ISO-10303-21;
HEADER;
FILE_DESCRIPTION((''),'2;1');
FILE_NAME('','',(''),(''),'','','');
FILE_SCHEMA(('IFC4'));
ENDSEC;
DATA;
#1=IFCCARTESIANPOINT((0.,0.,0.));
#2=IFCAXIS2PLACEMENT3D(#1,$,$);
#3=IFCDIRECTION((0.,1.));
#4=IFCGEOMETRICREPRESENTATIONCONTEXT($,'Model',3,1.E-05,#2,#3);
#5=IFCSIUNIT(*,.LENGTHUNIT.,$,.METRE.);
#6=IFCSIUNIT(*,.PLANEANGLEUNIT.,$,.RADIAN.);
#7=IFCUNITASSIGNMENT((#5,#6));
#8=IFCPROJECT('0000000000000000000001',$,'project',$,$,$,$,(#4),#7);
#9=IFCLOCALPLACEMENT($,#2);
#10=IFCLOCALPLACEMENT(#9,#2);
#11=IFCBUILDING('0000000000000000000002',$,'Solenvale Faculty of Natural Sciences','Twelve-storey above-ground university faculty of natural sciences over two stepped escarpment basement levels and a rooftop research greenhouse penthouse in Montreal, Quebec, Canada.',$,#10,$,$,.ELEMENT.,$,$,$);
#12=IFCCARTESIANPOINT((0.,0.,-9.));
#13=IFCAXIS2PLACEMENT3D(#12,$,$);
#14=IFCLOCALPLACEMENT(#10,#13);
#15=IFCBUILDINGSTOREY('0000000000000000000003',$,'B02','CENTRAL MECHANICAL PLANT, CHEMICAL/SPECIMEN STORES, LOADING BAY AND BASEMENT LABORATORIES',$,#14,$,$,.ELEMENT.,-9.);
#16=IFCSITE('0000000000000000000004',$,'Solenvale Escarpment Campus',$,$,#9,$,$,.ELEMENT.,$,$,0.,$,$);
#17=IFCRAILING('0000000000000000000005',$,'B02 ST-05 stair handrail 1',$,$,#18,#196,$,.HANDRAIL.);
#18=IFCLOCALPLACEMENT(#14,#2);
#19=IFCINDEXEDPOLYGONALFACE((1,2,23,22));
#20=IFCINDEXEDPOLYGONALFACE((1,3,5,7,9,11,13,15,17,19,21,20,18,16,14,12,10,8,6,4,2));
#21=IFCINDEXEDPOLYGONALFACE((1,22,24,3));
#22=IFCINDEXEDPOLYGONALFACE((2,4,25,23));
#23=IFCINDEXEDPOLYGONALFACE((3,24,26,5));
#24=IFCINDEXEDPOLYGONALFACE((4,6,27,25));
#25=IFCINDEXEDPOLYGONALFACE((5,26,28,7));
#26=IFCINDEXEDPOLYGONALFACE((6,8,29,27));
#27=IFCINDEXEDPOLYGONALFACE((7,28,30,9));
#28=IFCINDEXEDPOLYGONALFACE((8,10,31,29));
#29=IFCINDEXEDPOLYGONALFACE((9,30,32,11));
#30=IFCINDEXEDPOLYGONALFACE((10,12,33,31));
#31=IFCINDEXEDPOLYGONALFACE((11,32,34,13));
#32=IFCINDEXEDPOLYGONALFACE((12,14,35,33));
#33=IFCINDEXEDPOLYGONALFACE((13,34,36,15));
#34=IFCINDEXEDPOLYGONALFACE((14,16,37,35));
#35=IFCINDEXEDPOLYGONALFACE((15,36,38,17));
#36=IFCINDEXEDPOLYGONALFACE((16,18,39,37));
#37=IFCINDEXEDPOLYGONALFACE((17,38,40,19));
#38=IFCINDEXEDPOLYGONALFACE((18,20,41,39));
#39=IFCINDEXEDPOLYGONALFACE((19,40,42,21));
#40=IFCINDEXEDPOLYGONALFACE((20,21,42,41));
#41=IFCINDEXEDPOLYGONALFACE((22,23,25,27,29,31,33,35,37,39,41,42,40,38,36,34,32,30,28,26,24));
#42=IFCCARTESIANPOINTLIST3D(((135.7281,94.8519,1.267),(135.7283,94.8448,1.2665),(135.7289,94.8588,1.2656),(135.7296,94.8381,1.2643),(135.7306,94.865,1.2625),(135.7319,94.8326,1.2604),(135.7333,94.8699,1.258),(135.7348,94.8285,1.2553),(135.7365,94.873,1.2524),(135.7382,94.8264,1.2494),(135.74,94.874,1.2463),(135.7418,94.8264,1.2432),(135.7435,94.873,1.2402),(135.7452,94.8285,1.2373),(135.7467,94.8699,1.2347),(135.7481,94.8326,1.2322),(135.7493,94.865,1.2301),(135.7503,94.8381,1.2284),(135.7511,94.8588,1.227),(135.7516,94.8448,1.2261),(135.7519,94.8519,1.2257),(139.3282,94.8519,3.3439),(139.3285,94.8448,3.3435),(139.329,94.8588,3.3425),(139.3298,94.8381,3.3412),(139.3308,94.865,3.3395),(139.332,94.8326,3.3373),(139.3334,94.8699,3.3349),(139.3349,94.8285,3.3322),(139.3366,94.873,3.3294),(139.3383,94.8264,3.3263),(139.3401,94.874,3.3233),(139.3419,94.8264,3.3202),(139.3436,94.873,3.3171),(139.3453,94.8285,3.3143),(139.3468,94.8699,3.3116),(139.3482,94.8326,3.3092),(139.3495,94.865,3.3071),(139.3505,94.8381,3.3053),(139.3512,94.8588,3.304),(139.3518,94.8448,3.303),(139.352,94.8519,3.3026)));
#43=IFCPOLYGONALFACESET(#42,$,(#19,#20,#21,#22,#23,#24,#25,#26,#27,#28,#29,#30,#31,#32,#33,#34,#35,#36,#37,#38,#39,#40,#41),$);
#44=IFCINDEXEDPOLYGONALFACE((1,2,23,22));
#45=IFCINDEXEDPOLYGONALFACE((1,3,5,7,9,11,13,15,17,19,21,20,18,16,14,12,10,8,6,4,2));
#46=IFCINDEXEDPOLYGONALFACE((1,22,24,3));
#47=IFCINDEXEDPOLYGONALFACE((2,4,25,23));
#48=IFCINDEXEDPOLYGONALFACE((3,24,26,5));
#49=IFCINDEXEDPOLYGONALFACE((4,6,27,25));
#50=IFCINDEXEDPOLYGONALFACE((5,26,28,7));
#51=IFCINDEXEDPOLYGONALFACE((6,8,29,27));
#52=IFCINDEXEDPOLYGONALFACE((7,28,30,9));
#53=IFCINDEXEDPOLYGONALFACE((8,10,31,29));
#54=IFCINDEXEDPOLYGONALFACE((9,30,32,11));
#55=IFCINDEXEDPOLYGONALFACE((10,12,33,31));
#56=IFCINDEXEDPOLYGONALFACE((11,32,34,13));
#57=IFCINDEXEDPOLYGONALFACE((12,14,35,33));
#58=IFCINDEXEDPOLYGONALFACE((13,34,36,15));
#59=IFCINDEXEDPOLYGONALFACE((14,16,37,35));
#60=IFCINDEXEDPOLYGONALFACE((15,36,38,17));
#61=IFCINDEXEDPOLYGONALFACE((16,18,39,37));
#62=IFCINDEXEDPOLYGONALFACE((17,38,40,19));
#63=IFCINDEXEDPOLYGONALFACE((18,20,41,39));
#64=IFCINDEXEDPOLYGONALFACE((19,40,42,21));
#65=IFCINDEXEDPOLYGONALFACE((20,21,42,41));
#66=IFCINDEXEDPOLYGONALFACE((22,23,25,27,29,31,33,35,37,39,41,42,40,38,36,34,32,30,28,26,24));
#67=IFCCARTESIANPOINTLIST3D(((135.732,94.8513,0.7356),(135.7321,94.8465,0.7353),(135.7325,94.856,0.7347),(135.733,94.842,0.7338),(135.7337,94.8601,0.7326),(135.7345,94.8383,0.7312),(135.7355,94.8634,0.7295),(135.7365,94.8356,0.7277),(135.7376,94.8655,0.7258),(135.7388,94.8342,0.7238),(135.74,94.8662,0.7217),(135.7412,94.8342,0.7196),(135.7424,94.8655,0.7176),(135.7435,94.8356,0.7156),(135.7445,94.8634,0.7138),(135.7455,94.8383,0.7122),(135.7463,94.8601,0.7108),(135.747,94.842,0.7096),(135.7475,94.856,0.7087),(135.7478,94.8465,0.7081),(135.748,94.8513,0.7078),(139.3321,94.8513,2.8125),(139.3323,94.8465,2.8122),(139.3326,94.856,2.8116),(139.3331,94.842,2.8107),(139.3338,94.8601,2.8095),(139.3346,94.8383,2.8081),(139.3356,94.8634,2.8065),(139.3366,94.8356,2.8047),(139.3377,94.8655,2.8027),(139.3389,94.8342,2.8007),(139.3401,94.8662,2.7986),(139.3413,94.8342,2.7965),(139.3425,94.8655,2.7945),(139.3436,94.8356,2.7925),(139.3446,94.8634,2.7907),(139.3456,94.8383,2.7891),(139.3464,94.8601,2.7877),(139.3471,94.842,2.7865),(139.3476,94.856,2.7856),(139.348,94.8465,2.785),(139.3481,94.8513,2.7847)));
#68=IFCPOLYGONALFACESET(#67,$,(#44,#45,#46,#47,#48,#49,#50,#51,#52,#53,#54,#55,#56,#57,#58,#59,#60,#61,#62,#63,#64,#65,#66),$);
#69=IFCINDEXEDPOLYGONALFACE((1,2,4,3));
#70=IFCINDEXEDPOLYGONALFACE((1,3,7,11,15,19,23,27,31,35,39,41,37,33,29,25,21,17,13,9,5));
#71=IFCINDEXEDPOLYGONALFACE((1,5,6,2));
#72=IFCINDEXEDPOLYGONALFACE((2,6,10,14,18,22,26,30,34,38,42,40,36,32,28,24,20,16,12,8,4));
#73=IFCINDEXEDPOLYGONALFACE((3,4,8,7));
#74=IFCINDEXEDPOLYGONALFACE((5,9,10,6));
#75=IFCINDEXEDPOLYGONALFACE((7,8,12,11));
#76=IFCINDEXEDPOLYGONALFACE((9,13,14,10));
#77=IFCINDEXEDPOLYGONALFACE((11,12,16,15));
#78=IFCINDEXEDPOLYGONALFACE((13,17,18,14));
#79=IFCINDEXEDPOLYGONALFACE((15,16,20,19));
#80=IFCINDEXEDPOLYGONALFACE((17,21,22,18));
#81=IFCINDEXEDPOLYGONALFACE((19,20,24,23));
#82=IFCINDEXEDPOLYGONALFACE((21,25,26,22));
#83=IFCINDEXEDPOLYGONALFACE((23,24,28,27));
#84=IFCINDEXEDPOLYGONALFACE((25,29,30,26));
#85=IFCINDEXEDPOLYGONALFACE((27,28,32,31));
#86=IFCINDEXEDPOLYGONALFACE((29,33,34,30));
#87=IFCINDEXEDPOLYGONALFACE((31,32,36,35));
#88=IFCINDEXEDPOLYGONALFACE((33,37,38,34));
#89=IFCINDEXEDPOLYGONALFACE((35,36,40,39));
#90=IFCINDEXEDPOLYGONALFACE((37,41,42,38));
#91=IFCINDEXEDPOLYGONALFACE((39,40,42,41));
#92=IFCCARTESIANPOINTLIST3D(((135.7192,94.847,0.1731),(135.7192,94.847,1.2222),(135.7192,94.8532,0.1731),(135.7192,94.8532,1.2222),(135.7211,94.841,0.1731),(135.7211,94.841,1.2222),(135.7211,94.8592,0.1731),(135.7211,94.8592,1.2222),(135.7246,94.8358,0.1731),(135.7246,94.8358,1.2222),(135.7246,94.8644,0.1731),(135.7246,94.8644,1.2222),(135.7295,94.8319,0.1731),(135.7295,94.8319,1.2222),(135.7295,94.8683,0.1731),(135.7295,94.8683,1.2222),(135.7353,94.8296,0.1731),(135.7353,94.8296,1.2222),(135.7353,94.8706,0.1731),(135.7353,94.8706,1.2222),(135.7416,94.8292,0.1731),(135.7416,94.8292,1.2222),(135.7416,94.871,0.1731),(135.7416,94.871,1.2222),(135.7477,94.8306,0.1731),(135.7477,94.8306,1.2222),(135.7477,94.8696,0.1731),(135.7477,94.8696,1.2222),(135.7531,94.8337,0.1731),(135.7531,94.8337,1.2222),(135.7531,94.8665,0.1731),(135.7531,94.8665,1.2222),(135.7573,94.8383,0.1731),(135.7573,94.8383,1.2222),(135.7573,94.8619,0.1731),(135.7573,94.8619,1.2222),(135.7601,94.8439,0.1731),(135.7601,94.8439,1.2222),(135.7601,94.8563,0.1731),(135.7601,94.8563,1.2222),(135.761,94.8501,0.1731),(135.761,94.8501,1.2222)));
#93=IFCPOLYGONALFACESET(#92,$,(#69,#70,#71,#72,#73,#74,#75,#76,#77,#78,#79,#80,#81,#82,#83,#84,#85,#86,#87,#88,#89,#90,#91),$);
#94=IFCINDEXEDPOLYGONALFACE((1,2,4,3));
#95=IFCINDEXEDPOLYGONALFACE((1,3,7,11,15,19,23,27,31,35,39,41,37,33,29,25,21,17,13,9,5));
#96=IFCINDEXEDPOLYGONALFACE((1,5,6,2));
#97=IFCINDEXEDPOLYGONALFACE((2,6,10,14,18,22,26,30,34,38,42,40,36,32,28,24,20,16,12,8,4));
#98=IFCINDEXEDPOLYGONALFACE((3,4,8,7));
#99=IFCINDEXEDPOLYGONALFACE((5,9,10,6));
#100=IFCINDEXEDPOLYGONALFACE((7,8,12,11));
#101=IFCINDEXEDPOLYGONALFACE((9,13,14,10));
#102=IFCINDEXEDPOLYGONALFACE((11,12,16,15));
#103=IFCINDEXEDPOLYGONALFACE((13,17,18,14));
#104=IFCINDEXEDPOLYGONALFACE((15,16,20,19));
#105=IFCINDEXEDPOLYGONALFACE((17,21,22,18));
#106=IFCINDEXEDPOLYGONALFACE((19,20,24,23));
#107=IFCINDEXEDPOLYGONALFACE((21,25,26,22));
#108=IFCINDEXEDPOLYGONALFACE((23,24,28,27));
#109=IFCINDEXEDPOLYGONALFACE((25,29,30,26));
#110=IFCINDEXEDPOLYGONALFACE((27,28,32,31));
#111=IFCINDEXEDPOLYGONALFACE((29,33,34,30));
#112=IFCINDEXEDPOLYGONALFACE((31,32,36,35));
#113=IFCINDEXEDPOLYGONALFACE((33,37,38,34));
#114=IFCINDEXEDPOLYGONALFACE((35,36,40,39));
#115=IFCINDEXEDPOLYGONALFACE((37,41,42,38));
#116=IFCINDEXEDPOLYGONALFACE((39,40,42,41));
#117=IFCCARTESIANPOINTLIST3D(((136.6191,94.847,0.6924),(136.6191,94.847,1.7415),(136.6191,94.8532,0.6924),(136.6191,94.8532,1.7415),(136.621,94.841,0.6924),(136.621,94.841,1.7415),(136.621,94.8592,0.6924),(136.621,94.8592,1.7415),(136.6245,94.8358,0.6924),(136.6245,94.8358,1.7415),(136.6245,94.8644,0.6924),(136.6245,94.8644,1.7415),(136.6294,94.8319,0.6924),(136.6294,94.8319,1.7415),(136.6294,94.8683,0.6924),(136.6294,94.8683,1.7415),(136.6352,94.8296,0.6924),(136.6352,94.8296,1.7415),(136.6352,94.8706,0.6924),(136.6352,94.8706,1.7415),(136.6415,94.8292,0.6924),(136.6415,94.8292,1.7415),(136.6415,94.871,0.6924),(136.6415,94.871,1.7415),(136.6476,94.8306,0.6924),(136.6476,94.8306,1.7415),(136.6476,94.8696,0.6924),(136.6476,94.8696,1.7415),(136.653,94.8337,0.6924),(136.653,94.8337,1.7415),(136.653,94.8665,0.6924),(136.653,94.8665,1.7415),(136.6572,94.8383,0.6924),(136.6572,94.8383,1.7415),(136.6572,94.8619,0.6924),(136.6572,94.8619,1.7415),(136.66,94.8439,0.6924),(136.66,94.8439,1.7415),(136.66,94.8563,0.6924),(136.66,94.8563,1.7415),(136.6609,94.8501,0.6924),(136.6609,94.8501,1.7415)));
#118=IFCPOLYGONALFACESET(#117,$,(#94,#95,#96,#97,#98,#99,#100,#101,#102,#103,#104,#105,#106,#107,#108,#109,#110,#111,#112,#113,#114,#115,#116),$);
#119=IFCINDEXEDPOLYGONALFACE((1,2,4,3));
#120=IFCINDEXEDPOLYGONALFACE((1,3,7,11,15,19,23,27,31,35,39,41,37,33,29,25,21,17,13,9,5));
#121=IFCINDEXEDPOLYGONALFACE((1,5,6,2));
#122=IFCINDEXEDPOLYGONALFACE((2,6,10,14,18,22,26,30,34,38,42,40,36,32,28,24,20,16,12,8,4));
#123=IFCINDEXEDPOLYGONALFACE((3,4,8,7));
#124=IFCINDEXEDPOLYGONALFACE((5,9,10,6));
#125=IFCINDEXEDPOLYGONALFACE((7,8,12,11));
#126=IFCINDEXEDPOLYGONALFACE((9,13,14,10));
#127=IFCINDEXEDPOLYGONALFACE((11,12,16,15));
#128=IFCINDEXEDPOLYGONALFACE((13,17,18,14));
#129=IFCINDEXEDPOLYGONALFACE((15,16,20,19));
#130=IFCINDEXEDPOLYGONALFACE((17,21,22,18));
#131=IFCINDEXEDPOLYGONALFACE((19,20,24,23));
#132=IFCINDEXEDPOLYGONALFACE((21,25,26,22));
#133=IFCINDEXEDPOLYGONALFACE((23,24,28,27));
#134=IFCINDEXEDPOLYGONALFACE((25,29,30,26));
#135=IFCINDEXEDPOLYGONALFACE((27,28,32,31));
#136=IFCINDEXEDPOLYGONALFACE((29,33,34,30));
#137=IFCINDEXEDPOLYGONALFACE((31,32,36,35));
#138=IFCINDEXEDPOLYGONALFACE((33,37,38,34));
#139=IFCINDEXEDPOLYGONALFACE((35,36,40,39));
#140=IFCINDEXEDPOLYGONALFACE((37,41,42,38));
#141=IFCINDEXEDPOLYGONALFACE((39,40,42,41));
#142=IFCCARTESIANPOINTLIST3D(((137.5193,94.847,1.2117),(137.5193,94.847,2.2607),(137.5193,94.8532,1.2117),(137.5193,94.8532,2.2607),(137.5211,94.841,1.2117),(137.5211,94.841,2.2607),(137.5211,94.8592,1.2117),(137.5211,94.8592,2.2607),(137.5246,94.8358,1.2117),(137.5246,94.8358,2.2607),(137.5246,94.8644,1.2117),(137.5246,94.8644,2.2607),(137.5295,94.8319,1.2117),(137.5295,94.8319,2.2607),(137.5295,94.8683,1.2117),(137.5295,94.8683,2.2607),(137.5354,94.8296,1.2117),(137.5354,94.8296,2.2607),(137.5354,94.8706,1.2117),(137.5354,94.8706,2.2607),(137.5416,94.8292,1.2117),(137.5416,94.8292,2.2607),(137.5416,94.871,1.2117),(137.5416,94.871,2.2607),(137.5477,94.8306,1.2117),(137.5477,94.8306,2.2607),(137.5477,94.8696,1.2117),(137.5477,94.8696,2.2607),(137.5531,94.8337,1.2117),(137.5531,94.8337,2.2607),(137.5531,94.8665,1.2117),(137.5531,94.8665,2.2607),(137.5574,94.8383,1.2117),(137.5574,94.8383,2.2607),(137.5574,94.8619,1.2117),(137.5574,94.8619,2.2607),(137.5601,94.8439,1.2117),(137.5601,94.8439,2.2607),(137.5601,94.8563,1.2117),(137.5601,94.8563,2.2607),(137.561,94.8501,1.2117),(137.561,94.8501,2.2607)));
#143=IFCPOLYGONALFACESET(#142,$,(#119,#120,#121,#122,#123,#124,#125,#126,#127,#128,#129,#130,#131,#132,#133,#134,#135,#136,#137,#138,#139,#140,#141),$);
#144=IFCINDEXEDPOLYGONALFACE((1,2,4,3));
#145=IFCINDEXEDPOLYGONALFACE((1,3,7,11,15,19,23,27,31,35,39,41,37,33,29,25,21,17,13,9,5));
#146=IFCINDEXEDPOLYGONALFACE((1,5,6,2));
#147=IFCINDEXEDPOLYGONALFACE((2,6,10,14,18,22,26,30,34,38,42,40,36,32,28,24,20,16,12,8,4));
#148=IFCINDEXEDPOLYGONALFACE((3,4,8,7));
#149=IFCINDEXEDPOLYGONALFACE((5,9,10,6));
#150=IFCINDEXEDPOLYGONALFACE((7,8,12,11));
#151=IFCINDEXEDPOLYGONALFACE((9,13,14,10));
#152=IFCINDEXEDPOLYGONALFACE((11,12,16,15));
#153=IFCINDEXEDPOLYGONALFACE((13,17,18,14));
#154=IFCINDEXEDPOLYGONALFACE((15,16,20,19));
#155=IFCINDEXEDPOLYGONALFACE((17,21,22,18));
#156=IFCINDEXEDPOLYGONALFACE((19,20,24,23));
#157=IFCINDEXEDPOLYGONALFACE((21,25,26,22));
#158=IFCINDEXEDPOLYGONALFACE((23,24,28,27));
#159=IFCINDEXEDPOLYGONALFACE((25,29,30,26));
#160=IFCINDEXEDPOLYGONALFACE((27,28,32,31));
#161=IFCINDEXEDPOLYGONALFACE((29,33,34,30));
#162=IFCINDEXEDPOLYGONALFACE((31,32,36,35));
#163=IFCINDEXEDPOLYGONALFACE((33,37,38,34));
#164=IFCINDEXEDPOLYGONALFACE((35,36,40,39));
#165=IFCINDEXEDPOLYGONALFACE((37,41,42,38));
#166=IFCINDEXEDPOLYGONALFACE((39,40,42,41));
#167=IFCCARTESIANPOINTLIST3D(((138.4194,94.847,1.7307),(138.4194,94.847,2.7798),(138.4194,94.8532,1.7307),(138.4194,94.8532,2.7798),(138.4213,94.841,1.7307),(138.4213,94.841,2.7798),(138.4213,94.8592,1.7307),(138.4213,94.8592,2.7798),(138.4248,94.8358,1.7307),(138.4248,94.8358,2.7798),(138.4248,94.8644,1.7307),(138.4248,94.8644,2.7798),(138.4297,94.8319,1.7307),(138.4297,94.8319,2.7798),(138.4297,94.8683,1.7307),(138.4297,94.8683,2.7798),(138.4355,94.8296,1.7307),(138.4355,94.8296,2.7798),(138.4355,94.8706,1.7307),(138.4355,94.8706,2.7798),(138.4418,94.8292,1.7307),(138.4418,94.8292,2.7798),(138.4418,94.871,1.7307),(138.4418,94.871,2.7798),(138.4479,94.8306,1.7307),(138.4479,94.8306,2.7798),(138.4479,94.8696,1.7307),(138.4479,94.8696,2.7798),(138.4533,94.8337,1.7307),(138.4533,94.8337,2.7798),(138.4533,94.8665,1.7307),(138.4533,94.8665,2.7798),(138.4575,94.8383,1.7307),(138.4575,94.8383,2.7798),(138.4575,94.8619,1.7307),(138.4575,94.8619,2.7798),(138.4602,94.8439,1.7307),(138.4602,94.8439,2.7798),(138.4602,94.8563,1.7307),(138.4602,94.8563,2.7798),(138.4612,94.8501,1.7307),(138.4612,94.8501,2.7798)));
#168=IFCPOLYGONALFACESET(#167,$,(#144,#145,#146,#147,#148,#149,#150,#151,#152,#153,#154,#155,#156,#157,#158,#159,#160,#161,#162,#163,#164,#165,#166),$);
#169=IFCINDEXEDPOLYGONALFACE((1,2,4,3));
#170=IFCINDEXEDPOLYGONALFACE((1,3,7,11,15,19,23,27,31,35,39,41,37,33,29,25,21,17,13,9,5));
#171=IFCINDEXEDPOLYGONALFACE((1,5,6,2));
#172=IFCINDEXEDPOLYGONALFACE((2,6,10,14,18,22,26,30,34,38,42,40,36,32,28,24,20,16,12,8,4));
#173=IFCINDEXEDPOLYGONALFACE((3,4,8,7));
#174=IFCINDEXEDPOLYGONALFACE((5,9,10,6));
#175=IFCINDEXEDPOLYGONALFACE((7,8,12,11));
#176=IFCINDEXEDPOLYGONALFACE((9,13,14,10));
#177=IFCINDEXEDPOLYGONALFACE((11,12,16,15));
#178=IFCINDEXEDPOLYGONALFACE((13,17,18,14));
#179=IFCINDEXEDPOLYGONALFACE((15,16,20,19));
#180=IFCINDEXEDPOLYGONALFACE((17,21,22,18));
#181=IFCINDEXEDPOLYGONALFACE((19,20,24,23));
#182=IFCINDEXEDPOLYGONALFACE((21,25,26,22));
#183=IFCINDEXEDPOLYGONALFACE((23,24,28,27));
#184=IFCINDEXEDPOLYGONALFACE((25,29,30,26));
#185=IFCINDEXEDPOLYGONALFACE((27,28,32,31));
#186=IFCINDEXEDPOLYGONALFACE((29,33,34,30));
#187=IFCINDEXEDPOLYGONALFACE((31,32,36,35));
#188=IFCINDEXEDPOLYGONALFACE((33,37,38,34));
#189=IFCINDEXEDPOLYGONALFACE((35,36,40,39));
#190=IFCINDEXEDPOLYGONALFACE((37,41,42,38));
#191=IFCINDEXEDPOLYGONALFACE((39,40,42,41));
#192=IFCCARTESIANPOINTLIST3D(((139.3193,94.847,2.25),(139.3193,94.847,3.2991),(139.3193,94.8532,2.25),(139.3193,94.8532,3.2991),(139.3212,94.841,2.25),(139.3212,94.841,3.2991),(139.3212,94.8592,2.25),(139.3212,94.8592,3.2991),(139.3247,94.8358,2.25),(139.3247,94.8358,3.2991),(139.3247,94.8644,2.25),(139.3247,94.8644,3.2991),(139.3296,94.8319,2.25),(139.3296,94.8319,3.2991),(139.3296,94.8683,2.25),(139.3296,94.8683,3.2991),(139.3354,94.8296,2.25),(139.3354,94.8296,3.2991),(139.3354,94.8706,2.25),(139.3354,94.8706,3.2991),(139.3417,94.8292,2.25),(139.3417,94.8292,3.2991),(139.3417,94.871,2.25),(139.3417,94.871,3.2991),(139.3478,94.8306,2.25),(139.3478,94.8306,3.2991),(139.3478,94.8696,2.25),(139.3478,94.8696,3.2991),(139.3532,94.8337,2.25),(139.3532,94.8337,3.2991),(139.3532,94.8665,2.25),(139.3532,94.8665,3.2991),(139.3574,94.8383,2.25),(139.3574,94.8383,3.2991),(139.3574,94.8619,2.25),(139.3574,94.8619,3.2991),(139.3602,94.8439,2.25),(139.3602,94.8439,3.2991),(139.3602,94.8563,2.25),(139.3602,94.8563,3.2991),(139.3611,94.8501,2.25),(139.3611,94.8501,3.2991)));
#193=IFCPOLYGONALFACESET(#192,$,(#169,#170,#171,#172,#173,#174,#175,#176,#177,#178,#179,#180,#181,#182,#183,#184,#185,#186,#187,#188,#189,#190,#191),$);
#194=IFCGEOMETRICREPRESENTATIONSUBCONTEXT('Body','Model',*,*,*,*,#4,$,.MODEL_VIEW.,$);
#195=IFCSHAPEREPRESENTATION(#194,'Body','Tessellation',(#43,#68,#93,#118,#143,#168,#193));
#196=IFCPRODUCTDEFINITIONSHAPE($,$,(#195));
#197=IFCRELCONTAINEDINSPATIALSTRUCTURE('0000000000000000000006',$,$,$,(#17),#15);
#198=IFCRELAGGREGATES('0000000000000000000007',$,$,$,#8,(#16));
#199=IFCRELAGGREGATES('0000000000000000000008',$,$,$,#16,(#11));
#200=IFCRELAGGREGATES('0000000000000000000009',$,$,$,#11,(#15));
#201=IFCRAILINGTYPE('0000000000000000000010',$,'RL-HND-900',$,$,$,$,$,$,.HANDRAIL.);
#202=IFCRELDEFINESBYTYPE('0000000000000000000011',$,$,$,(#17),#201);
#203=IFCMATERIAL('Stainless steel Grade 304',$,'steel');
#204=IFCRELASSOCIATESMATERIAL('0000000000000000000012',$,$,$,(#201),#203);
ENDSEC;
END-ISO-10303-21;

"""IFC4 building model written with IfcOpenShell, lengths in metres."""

from ifc_helpers import new_model, si_unit, direction, frame, origin, origin_2d, place, context, subcontext, project, spatial, circle, extrude, material, type_object, element, save


model = new_model("IFC4")

# Units and contexts
model_context = context("Model", 3, precision=1e-05, world=origin(), true_north=direction((0.0, 1.0)))
body_context = subcontext(model_context, "Body", "Model", "MODEL_VIEW")
ifc_project = project(units=[si_unit("LENGTHUNIT", "METRE"), si_unit("PLANEANGLEUNIT", "RADIAN")], contexts=[model_context])

# Site, building, storey
site_placement = place(None, origin())
site = spatial("IfcSite", under=ifc_project, at=site_placement, Name="Solenvale Escarpment Campus", CompositionType="ELEMENT", RefElevation=0.0)
building_placement = place(site_placement, origin())
building = spatial("IfcBuilding", under=site, at=building_placement, Name="Solenvale Faculty of Natural Sciences", Description="Twelve-storey above-ground university faculty of natural sciences over two stepped escarpment basement levels and a rooftop research greenhouse penthouse in Montreal, Quebec, Canada.", CompositionType="ELEMENT")
storey_placement = place(building_placement, frame((0.0, 0.0, -9.0)))
storey = spatial("IfcBuildingStorey", under=building, at=storey_placement, Name="B02", Description="CENTRAL MECHANICAL PLANT, CHEMICAL/SPECIMEN STORES, LOADING BAY AND BASEMENT LABORATORIES", CompositionType="ELEMENT", Elevation=-9.0)

# Railing
ifc_material_1 = material(Name="Stainless steel Grade 304", Category="steel")
railing_type_1 = type_object("IfcRailingType", Name="RL-HND-900", PredefinedType="HANDRAIL", material=ifc_material_1)
railing_1_placement = place(storey_placement, frame((135.74, 94.8501, 0.1731)))
element("IfcRailing", 1, at=railing_1_placement, inside=storey, type_object=railing_type_1, Name="B02 ST-05 stair handrail 1", PredefinedType="HANDRAIL", context=body_context, shape_type="SweptSolid", body=[
    extrude(circle(Radius=0.0239, at=origin_2d()), frame((0.0, 0.0, 1.0732), z_axis=(0.866193, 0.0, 0.499709), x_axis=(0.0, 1.0, 0.0)), (0.0, 0.0, 1.0), 4.1562),
    extrude(circle(Radius=0.0161, at=origin_2d()), frame((0.0, 0.0, 0.5486), z_axis=(0.866193, 0.0, 0.499709), x_axis=(0.0, 1.0, 0.0)), (0.0, 0.0, 1.0), 4.1562),
    extrude(circle(Radius=0.021, at=origin_2d()), origin(), (0.0, 0.0, 1.0), 1.0491),
    extrude(circle(Radius=0.021, at=origin_2d()), frame((0.8999, 0.0, 0.5193)), (0.0, 0.0, 1.0), 1.0491),
    extrude(circle(Radius=0.021, at=origin_2d()), frame((1.8, 0.0, 1.0386)), (0.0, 0.0, 1.0), 1.0491),
    extrude(circle(Radius=0.021, at=origin_2d()), frame((2.7002, 0.0, 1.5576)), (0.0, 0.0, 1.0), 1.0491),
    extrude(circle(Radius=0.021, at=origin_2d()), frame((3.6001, 0.0, 2.0769)), (0.0, 0.0, 1.0), 1.0491),
])

save(model, "model.ifc")
